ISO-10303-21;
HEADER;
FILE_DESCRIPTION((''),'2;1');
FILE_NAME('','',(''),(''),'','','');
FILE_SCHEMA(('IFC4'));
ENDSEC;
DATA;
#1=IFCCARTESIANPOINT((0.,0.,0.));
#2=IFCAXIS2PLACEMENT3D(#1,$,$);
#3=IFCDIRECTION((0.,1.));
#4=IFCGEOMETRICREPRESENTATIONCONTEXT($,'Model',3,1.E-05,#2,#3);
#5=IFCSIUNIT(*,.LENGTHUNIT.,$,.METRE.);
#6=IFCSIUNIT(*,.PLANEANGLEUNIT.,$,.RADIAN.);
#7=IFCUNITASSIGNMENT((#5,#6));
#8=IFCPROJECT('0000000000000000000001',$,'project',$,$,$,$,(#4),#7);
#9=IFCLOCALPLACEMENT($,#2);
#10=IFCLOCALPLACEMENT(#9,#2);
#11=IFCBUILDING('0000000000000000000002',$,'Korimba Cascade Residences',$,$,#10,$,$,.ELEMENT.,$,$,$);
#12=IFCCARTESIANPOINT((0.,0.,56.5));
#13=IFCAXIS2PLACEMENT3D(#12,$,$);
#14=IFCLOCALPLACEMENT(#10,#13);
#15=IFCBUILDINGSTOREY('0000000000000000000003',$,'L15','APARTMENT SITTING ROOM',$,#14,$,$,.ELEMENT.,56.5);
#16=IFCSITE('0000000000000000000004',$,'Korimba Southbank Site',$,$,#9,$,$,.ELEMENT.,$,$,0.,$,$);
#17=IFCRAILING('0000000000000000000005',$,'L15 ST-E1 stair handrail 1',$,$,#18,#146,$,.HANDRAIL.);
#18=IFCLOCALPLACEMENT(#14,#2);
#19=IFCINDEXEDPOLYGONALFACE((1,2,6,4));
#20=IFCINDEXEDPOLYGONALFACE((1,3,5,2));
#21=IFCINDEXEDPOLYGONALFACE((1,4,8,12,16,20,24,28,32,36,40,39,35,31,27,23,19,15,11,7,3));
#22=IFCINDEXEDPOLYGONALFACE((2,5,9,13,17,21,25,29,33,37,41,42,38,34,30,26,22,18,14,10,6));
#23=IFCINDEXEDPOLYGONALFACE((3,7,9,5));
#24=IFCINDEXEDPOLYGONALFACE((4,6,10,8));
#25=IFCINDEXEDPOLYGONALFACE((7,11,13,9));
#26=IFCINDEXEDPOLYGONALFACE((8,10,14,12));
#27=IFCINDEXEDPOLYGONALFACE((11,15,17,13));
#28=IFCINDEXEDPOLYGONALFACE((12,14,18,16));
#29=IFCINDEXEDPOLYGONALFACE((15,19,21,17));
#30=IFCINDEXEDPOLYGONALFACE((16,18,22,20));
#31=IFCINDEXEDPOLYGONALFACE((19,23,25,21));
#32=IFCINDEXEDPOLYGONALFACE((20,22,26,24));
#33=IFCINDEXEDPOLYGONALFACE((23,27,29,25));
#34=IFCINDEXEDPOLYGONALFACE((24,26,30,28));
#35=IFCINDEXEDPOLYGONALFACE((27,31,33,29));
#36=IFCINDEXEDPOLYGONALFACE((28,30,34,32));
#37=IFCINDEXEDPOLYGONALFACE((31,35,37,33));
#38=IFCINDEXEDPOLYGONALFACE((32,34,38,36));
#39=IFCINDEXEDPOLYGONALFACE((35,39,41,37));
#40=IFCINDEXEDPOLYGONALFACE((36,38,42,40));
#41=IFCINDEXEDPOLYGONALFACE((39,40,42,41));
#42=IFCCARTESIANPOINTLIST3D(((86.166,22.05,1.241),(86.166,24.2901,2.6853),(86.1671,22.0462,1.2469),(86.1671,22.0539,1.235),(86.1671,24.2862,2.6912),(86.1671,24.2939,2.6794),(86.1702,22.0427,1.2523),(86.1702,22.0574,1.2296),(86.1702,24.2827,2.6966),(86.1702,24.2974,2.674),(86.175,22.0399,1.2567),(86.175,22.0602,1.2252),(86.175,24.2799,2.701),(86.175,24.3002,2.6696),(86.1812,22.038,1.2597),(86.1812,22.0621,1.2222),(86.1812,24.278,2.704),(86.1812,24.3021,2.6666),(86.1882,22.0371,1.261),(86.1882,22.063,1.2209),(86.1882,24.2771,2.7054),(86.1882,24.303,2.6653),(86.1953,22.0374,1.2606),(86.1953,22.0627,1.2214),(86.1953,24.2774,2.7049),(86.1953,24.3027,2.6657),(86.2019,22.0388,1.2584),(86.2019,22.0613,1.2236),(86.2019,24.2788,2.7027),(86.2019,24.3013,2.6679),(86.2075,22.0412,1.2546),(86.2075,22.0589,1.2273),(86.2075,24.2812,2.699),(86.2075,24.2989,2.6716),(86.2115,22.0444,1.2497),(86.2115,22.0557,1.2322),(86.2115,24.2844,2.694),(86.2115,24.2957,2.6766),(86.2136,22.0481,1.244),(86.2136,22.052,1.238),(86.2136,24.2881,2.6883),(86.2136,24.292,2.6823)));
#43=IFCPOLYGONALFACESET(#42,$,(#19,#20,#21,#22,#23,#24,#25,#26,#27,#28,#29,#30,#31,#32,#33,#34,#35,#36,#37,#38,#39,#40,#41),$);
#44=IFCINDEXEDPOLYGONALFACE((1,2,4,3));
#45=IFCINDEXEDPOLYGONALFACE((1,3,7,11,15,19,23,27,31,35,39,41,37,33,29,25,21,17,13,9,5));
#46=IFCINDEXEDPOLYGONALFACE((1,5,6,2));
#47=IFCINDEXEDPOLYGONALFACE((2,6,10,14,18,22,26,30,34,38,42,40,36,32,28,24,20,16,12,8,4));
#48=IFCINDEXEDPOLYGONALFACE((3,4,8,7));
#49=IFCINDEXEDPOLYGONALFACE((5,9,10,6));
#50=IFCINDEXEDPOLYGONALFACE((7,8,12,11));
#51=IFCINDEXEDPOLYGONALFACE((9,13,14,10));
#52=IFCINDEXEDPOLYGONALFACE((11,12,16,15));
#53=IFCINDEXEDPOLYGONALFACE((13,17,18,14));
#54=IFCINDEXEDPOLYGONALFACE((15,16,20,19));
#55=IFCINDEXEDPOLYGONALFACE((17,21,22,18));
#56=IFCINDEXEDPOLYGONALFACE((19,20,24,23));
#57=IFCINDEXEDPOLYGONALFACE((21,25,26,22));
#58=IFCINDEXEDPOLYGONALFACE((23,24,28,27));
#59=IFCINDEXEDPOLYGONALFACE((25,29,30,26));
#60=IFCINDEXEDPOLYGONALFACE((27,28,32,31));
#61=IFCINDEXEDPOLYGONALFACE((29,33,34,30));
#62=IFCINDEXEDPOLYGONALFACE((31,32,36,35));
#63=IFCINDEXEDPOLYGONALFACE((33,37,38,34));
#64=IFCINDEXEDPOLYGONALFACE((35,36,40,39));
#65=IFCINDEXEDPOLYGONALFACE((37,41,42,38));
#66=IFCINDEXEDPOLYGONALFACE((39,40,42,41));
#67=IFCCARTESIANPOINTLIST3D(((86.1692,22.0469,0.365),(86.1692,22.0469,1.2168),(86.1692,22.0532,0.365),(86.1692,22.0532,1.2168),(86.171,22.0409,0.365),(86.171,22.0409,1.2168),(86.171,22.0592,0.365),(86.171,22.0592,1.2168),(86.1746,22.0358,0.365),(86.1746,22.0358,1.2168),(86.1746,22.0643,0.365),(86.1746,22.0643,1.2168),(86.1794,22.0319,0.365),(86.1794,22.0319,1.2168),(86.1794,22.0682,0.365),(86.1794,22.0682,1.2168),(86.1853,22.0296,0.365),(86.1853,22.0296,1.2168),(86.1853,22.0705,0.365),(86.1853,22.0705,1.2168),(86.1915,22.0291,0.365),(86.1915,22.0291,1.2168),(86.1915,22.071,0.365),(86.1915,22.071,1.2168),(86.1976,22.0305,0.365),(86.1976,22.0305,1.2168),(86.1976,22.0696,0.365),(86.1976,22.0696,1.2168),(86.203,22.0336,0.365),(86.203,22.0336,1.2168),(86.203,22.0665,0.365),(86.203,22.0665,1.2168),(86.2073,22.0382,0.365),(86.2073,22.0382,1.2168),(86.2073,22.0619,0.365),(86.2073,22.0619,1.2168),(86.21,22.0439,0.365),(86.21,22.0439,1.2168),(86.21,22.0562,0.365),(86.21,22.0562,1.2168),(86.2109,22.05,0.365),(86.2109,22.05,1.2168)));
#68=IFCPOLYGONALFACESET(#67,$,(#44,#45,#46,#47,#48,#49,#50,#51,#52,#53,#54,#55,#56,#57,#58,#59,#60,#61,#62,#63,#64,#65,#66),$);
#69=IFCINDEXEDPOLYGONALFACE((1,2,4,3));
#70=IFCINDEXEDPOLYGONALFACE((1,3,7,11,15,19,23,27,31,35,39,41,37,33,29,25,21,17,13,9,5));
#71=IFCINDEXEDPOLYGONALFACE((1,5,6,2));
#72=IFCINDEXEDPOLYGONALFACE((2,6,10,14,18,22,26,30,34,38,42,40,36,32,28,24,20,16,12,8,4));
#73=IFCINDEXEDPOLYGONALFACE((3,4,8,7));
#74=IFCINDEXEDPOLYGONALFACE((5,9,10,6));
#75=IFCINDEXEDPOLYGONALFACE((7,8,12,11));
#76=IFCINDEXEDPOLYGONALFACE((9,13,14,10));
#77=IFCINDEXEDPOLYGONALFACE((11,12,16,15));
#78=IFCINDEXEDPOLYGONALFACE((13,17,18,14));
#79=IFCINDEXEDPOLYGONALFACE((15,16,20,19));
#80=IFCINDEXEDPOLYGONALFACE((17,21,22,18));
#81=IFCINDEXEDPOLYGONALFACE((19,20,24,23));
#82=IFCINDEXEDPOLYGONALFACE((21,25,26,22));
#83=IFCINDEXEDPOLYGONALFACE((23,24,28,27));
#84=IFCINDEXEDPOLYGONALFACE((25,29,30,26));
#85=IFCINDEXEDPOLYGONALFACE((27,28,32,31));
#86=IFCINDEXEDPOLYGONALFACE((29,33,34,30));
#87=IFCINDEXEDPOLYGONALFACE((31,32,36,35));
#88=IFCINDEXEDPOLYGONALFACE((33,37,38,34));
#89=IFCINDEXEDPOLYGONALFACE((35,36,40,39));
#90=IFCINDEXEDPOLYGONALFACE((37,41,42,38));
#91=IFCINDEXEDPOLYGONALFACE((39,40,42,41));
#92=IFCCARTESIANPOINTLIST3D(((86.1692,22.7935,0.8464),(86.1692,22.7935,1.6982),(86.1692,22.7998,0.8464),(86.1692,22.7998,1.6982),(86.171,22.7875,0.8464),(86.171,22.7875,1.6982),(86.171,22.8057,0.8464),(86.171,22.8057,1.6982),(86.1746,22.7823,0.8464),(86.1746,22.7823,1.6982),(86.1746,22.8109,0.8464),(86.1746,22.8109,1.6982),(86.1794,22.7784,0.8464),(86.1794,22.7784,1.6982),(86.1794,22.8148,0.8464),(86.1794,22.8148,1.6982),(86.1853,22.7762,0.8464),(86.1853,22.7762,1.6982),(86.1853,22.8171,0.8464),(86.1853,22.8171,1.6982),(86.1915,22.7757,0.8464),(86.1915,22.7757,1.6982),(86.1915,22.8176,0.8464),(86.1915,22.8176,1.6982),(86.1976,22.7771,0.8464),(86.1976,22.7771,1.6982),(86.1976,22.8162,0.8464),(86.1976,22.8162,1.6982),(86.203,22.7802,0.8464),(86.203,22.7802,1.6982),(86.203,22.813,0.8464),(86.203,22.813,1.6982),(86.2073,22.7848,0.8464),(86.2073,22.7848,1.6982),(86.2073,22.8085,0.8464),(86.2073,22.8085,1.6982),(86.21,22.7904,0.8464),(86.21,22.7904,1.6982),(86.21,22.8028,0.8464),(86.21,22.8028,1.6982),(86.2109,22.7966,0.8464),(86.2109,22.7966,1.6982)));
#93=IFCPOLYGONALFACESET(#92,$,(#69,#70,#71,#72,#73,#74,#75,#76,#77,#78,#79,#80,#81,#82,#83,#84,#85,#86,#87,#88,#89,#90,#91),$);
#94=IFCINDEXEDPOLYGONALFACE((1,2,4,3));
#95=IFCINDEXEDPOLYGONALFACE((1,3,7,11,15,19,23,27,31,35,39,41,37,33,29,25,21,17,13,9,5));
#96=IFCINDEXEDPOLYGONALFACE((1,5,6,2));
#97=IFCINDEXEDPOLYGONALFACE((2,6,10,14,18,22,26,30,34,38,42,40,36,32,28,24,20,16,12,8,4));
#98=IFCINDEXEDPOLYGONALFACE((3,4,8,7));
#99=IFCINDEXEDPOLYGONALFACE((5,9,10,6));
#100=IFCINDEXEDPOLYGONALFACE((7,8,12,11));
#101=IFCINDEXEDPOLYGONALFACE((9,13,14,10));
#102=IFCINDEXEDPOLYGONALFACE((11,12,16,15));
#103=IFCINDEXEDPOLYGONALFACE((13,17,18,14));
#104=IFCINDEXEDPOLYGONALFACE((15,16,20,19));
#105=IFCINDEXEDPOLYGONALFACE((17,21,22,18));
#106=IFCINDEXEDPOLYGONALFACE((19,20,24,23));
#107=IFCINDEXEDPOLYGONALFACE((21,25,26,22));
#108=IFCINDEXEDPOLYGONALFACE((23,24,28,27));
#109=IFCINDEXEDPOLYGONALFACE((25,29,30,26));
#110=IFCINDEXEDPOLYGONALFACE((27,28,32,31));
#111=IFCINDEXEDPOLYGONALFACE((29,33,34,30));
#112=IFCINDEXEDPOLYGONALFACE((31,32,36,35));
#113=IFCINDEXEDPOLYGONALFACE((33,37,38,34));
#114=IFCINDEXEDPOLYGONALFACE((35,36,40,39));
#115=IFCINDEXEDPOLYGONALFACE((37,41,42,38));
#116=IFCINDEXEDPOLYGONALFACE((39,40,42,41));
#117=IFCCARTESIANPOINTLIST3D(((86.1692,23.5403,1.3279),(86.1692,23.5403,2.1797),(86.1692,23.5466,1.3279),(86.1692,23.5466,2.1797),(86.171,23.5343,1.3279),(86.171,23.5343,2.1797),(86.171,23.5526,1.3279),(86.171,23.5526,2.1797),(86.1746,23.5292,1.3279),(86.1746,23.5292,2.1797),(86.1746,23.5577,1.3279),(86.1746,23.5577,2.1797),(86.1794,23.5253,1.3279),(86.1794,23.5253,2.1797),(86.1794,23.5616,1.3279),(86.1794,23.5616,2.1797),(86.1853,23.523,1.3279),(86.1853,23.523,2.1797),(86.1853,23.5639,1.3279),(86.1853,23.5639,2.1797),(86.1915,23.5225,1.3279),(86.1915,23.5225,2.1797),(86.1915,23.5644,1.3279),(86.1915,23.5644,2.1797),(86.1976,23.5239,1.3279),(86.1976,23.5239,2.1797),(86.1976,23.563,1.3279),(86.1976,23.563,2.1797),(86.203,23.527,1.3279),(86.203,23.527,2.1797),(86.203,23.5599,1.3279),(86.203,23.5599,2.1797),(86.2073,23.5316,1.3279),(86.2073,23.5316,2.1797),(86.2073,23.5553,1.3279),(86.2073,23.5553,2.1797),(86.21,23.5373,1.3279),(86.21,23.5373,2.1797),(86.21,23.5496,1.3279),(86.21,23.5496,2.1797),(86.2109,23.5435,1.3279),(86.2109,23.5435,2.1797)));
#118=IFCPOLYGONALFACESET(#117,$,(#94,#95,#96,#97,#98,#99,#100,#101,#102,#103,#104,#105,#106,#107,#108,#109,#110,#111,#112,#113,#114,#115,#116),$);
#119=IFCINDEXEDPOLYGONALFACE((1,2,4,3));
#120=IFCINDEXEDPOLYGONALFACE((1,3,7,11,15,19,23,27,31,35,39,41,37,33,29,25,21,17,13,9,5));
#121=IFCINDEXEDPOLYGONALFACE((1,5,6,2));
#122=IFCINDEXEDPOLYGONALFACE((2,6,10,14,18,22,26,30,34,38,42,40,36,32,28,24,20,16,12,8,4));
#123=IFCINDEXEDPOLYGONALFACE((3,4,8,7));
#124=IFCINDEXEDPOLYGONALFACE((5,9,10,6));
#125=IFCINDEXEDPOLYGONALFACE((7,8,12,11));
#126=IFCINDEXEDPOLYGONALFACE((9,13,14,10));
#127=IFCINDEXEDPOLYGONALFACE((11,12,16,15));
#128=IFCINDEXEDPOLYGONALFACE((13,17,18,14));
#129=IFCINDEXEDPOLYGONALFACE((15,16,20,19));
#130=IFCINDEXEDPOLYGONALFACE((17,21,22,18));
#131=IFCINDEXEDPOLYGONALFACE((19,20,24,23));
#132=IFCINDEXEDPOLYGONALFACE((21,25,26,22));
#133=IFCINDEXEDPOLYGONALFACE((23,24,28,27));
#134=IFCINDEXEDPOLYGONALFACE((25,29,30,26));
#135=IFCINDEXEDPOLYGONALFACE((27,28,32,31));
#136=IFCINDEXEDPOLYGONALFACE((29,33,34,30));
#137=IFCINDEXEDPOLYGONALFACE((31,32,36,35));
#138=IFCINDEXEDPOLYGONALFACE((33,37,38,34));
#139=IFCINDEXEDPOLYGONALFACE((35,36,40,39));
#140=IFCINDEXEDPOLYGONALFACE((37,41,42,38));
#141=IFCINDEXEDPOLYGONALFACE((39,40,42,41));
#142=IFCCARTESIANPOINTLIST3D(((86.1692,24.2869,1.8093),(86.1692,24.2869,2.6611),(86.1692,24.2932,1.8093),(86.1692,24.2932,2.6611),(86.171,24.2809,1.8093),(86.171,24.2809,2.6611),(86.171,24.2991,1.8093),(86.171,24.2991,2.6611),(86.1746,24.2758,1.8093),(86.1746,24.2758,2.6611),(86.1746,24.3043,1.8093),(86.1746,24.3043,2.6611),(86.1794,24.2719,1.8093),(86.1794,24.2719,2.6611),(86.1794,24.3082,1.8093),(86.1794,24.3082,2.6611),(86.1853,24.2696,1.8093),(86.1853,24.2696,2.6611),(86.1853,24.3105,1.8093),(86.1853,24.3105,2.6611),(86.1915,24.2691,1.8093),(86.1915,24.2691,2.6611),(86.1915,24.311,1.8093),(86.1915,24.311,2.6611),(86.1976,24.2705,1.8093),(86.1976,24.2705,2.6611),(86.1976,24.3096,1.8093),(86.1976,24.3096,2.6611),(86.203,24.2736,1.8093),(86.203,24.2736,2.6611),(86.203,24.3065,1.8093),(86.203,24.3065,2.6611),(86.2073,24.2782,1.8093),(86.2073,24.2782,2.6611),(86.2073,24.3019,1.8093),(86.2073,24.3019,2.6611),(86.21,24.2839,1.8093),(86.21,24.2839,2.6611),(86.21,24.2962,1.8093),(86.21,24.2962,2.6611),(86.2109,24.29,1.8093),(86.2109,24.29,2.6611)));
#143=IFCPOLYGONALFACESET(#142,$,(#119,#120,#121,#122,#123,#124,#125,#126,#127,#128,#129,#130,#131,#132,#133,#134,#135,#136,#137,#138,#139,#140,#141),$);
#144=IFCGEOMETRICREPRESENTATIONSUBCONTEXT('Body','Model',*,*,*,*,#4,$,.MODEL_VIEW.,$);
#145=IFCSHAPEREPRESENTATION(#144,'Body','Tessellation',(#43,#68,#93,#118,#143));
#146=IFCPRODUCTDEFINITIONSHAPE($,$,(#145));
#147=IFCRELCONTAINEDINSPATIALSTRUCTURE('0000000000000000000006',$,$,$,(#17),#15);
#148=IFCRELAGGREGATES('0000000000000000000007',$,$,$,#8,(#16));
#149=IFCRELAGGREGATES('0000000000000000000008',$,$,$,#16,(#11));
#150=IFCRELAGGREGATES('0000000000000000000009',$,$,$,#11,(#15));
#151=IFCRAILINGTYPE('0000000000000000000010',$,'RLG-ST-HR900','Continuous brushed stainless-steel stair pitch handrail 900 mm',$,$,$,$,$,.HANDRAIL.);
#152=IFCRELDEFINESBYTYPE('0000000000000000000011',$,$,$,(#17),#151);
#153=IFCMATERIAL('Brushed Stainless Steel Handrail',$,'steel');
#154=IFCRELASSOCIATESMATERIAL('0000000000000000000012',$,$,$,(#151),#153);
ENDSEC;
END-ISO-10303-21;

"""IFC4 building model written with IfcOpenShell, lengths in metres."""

from ifc_helpers import new_model, si_unit, direction, frame, origin, origin_2d, place, context, subcontext, project, spatial, circle, extrude, material, type_object, element, save


model = new_model("IFC4")

# Units and contexts
model_context = context("Model", 3, precision=1e-05, world=origin(), true_north=direction((0.0, 1.0)))
body_context = subcontext(model_context, "Body", "Model", "MODEL_VIEW")
ifc_project = project(units=[si_unit("LENGTHUNIT", "METRE"), si_unit("PLANEANGLEUNIT", "RADIAN")], contexts=[model_context])

# Site, building, storey
site_placement = place(None, origin())
site = spatial("IfcSite", under=ifc_project, at=site_placement, Name="Korimba Southbank Site", CompositionType="ELEMENT", RefElevation=0.0)
building_placement = place(site_placement, origin())
building = spatial("IfcBuilding", under=site, at=building_placement, Name="Korimba Cascade Residences", CompositionType="ELEMENT")
storey_placement = place(building_placement, frame((0.0, 0.0, 56.5)))
storey = spatial("IfcBuildingStorey", under=building, at=storey_placement, Name="L15", Description="APARTMENT SITTING ROOM", CompositionType="ELEMENT", Elevation=56.5)

# Railing
ifc_material_1 = material(Name="Brushed Stainless Steel Handrail", Category="steel")
railing_type = type_object("IfcRailingType", Name="RLG-ST-HR900", Description="Continuous brushed stainless-steel stair pitch handrail 900 mm", PredefinedType="HANDRAIL", material=ifc_material_1)
railing_placement = place(storey_placement, frame((86.1899, 22.05, 0.365)))
element("IfcRailing", 1, at=railing_placement, inside=storey, type_object=railing_type, Name="L15 ST-E1 stair handrail 1", PredefinedType="HANDRAIL", context=body_context, shape_type="SweptSolid", body=[
    extrude(circle(Radius=0.0239, at=origin_2d()), frame((0.0, 0.0, 0.876), z_axis=(0.0, 0.840437, 0.54191), x_axis=(-1.0, 0.0, 0.0)), (0.0, 0.0, 1.0), 2.6653),
    extrude(circle(Radius=0.021, at=origin_2d()), origin(), (0.0, 0.0, 1.0), 0.8518),
    extrude(circle(Radius=0.021, at=origin_2d()), frame((0.0, 0.7466, 0.4814)), (0.0, 0.0, 1.0), 0.8518),
    extrude(circle(Radius=0.021, at=origin_2d()), frame((0.0, 1.4934, 0.9629)), (0.0, 0.0, 1.0), 0.8518),
    extrude(circle(Radius=0.021, at=origin_2d()), frame((0.0, 2.24, 1.4443)), (0.0, 0.0, 1.0), 0.8518),
])

save(model, "model.ifc")
